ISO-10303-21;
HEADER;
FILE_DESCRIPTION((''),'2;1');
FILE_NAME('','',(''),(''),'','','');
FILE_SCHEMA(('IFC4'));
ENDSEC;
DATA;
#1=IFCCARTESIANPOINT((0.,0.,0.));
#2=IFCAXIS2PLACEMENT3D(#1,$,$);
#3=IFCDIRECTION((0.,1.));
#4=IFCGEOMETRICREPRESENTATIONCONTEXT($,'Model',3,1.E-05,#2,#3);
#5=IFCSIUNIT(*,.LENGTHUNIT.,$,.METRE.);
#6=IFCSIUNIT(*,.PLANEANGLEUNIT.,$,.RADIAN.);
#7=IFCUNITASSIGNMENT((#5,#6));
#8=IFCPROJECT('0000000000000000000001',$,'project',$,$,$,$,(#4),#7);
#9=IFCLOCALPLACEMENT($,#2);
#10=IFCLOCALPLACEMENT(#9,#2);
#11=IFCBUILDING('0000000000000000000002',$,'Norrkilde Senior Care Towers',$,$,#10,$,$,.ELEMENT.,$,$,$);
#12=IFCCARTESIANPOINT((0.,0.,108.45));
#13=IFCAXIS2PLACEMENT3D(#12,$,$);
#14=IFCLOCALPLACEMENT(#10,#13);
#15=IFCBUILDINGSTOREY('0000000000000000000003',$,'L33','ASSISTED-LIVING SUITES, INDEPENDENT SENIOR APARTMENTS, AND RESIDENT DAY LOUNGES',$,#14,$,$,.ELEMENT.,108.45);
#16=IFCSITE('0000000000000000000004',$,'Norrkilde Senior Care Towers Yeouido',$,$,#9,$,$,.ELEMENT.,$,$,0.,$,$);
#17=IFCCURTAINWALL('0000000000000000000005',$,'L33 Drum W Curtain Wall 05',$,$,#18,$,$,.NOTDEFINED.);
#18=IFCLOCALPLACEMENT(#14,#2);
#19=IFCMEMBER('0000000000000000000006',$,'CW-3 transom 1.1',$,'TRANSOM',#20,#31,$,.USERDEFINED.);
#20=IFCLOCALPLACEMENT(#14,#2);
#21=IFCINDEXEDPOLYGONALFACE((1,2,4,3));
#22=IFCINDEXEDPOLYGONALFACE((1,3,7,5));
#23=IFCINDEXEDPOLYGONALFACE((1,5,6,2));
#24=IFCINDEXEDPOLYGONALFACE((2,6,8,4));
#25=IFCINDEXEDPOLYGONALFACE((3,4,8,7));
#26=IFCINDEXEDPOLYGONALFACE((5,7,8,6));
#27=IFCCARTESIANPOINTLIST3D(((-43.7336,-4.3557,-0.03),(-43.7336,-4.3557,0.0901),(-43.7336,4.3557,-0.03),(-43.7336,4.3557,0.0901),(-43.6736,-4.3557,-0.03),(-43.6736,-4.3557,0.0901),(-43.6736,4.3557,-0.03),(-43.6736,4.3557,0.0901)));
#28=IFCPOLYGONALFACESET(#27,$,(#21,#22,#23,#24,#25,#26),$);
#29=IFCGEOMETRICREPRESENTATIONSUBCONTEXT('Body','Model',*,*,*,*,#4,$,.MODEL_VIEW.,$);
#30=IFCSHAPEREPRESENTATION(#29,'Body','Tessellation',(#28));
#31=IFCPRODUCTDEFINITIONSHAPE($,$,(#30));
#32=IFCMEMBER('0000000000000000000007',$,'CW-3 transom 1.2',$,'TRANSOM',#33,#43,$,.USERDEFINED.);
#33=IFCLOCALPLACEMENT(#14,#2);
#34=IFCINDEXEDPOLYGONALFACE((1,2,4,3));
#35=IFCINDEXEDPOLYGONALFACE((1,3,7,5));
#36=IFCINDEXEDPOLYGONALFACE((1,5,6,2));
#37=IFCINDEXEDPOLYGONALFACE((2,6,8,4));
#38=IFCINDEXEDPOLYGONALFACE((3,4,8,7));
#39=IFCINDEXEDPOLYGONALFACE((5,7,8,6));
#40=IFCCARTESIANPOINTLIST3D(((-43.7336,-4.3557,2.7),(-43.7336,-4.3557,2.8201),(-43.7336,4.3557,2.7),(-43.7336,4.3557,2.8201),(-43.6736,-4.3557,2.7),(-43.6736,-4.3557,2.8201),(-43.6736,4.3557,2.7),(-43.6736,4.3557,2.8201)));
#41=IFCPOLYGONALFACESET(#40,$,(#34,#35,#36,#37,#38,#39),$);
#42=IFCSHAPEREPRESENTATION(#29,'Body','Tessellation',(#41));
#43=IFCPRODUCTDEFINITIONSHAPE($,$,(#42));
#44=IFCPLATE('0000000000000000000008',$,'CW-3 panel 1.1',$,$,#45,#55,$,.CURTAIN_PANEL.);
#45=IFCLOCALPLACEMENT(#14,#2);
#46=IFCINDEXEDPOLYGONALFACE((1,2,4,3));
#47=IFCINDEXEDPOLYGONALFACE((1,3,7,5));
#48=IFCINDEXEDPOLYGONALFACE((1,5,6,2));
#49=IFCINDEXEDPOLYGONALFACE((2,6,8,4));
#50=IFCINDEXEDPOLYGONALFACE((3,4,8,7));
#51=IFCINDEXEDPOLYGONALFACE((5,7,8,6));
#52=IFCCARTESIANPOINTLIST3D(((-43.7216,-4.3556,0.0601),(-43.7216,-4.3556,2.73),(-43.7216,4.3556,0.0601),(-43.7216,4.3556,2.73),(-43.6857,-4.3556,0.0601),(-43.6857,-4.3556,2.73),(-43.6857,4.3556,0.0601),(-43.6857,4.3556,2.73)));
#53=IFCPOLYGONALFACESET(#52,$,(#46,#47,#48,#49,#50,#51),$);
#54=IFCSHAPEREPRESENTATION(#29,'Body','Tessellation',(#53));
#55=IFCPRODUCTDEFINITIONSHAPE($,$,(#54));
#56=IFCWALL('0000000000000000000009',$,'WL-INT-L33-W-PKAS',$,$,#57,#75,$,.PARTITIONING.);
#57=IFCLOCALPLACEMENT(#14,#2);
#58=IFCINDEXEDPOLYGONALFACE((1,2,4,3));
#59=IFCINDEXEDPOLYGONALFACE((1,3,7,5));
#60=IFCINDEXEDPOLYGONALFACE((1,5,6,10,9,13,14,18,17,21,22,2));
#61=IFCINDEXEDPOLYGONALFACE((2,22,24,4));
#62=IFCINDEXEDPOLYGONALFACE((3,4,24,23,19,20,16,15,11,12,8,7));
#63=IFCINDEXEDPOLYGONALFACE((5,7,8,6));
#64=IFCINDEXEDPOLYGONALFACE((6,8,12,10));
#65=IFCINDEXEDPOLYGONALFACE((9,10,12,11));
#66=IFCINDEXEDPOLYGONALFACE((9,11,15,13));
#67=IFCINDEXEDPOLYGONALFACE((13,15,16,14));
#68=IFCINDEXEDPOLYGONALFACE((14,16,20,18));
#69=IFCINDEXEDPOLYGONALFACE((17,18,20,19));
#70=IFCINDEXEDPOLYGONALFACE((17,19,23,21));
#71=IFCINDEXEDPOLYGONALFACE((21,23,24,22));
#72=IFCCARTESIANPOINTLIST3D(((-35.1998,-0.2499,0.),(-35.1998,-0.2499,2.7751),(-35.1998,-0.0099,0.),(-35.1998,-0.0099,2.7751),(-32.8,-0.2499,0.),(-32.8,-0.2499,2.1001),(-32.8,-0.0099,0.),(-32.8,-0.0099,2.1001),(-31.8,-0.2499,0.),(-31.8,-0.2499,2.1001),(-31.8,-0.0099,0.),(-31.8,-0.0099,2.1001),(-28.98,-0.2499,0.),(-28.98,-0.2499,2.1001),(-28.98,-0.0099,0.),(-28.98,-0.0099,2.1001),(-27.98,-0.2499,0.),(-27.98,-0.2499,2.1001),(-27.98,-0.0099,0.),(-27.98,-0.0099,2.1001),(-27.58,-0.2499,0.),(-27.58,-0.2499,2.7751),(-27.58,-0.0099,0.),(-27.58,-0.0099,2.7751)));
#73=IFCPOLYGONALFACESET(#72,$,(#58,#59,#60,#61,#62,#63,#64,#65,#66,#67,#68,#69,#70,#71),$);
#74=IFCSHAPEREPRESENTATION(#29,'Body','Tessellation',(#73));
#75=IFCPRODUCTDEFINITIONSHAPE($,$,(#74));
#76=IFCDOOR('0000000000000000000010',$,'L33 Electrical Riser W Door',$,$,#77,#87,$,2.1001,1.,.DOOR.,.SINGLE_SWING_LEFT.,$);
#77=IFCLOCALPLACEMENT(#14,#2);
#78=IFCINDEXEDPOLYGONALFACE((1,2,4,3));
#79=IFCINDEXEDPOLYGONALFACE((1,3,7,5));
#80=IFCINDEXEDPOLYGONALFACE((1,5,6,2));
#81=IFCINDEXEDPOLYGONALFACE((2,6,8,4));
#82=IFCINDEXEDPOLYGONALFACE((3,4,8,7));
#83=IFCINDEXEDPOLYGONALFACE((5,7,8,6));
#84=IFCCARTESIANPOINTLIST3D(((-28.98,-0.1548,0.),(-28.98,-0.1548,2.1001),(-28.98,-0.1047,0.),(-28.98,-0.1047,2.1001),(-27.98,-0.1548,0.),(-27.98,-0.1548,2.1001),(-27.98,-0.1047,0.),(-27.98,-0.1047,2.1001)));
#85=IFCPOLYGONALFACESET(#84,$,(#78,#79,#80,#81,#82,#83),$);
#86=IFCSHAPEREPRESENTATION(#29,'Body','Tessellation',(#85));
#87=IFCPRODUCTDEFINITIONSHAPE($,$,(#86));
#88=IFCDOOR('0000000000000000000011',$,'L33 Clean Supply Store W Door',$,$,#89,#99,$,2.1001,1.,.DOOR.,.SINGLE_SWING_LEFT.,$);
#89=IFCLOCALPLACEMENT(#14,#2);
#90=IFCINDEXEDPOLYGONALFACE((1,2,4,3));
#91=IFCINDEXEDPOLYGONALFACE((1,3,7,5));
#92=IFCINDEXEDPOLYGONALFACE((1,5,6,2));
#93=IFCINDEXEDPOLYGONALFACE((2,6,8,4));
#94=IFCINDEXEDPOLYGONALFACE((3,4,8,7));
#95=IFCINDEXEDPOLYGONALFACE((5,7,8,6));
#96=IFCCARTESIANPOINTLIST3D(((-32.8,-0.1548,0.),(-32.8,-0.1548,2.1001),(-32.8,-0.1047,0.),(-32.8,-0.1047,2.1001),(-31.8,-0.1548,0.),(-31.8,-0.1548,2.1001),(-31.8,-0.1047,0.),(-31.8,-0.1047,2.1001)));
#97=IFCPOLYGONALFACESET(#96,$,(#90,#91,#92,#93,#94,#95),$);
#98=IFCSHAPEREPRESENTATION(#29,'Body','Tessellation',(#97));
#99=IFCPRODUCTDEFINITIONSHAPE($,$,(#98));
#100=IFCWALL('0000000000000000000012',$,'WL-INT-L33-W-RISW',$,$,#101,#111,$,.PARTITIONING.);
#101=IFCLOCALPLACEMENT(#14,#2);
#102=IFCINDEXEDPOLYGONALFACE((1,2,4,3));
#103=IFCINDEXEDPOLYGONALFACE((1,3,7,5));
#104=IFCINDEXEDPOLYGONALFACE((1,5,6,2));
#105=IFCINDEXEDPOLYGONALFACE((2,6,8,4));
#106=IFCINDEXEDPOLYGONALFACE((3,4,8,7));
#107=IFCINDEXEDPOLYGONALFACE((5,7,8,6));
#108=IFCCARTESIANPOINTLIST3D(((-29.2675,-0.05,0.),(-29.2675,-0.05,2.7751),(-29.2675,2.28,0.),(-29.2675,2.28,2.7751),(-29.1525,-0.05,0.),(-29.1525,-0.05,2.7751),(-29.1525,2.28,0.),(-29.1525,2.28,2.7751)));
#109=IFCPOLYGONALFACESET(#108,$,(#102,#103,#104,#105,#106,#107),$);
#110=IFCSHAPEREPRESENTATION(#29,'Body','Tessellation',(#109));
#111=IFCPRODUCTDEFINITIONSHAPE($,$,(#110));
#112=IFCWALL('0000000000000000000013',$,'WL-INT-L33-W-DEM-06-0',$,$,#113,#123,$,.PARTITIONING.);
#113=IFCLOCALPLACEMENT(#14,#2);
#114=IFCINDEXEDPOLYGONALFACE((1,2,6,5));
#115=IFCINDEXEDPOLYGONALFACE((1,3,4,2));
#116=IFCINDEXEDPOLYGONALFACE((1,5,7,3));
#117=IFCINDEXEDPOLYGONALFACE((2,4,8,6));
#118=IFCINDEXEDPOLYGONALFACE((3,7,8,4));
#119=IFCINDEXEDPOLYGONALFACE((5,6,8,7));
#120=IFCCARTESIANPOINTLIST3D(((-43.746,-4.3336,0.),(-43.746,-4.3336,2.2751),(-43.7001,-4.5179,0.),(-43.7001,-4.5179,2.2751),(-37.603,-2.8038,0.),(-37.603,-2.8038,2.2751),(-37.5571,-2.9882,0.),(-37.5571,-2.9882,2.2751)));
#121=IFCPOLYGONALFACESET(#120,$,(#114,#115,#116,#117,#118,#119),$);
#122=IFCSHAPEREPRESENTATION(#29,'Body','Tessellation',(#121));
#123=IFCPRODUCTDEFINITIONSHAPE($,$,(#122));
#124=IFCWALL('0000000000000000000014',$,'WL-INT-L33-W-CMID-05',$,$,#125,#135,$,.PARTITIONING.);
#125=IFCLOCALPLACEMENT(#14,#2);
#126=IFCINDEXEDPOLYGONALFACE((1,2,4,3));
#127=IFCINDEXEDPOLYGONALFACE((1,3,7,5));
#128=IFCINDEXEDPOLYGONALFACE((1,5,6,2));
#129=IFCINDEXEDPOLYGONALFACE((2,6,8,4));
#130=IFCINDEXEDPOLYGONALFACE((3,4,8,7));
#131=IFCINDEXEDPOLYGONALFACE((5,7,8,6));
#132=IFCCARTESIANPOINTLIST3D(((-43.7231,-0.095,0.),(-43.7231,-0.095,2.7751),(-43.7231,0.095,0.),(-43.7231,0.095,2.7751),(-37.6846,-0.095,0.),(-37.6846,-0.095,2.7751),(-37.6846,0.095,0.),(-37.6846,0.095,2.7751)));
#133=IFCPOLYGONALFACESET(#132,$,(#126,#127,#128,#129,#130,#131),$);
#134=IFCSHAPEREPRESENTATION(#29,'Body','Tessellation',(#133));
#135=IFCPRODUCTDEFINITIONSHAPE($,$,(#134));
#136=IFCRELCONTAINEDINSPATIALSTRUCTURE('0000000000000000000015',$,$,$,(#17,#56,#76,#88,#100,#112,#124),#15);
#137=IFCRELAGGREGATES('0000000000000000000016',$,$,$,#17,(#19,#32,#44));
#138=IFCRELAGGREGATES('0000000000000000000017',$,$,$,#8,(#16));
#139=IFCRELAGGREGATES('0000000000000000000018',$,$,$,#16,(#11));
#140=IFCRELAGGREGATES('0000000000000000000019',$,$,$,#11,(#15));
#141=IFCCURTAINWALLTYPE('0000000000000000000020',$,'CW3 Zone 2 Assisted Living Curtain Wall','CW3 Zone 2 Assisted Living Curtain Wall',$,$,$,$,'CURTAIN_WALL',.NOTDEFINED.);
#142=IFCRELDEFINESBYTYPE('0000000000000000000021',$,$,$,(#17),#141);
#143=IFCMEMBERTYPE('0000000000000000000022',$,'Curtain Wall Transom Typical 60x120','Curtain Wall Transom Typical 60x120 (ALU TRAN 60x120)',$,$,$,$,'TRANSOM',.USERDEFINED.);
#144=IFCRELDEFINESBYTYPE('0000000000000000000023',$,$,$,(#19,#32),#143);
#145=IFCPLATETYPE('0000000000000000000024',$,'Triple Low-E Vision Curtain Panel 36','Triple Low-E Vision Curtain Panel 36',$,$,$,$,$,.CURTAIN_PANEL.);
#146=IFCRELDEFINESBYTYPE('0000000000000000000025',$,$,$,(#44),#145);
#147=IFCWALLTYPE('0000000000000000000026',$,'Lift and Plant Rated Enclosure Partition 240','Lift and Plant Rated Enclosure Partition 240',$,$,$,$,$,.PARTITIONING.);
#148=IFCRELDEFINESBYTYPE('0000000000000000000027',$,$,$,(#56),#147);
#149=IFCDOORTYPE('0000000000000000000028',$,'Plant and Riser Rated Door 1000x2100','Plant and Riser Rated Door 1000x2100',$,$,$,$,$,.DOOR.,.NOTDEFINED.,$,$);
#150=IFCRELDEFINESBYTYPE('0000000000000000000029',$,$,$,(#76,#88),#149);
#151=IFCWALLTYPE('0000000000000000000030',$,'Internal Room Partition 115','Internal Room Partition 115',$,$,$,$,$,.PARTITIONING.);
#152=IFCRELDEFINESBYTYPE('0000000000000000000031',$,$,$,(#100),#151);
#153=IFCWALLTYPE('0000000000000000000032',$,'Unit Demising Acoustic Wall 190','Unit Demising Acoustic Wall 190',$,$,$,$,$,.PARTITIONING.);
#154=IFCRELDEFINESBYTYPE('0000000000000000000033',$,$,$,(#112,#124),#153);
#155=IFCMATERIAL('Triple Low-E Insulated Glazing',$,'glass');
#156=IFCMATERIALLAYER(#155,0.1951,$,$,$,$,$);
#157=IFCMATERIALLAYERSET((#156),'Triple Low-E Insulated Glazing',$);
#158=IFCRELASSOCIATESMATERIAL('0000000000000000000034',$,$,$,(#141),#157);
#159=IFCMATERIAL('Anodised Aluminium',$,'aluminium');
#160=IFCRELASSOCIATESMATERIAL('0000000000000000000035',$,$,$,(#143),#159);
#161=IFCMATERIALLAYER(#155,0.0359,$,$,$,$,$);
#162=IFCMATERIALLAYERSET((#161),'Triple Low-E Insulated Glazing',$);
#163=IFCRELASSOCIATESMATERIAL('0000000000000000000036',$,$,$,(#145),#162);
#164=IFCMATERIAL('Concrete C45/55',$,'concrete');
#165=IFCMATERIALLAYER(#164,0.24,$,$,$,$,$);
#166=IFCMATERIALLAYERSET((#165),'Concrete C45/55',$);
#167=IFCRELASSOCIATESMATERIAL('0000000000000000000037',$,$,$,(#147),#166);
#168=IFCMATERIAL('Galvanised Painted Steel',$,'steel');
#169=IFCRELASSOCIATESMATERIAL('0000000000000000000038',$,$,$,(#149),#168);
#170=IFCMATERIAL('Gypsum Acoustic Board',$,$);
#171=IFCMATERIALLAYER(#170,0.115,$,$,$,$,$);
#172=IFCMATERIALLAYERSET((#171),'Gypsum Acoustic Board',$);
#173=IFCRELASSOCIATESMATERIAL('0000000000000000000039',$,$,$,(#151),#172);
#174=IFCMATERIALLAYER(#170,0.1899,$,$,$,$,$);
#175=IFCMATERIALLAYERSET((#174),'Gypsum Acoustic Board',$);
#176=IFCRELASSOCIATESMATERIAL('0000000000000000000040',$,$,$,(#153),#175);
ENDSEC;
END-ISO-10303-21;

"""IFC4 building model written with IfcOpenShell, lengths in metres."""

from ifc_helpers import new_model, si_unit, direction, frame, frame_2d, origin, origin_2d, place, context, subcontext, project, spatial, rectangle, extrude, source, transform, mapped, material, layer, layer_set, material_profile, profile_set, type_object, type_shapes, element, fill, aggregate, save


model = new_model("IFC4")

# Units and contexts
model_context = context("Model", 3, precision=1e-05, world=origin(), true_north=direction((0.0, 1.0)))
body_context = subcontext(model_context, "Body", "Model", "MODEL_VIEW")
ifc_project = project(units=[si_unit("LENGTHUNIT", "METRE"), si_unit("PLANEANGLEUNIT", "RADIAN")], contexts=[model_context])

# Site, building, storey
site_placement = place(None, origin())
site = spatial("IfcSite", under=ifc_project, at=site_placement, Name="Norrkilde Senior Care Towers Yeouido", CompositionType="ELEMENT", RefElevation=0.0)
building_placement = place(site_placement, origin())
building = spatial("IfcBuilding", under=site, at=building_placement, Name="Norrkilde Senior Care Towers", CompositionType="ELEMENT")
storey_placement = place(building_placement, frame((0.0, 0.0, 108.45)))
storey = spatial("IfcBuildingStorey", under=building, at=storey_placement, Name="L33", Description="ASSISTED-LIVING SUITES, INDEPENDENT SENIOR APARTMENTS, AND RESIDENT DAY LOUNGES", CompositionType="ELEMENT", Elevation=108.45)

# Curtain wall
ifc_material_1 = material(Name="Triple Low-E Insulated Glazing", Category="glass")
ifc_layer_1 = layer(ifc_material_1, 0.1951)
ifc_layer_set_1 = layer_set([ifc_layer_1], Name="Triple Low-E Insulated Glazing")
curtain_wall_type = type_object("IfcCurtainWallType", Name="CW3 Zone 2 Assisted Living Curtain Wall", Description="CW3 Zone 2 Assisted Living Curtain Wall", ElementType="CURTAIN_WALL", PredefinedType="NOTDEFINED", material=ifc_layer_set_1)
curtain_wall_1_placement = place(storey_placement, origin())
curtain_wall_1 = element("IfcCurtainWall", 1, at=curtain_wall_1_placement, inside=storey, type_object=curtain_wall_type, Name="L33 Drum W Curtain Wall 05", PredefinedType="NOTDEFINED")
ifc_material_2 = material(Name="Anodised Aluminium", Category="aluminium")

# Members
ifc_material_profile_1 = material_profile(ifc_material_2, rectangle(XDim=0.0601, YDim=0.1201, at=origin_2d()), Name="ALU TRAN 60x120")
ifc_profile_set_1 = profile_set([ifc_material_profile_1], Name="Anodised Aluminium")
member_type_1 = type_object("IfcMemberType", Name="Curtain Wall Transom Typical 60x120", Description="Curtain Wall Transom Typical 60x120 (ALU TRAN 60x120)", ElementType="TRANSOM", PredefinedType="USERDEFINED", material=ifc_profile_set_1)
shared_shape_1 = source(origin(), body_context, "Body", "SweptSolid", [
    extrude(rectangle(XDim=0.0601, YDim=0.1201, at=origin_2d()), origin(), (0.0, 0.0, 1.0), 8.7114),
])
type_shapes(member_type_1, [shared_shape_1])
member_1_placement = place(storey_placement, frame((-43.7036, -4.3557, 0.03), z_axis=(0.0, 1.0, 0.0), x_axis=(-1.0, 0.0, 0.0)))
member_1 = element("IfcMember", 2, at=member_1_placement, type_object=member_type_1, Name="CW-3 transom 1.1", ObjectType="TRANSOM", PredefinedType="USERDEFINED", context=body_context, shape_type="MappedRepresentation", body=[
    mapped(shared_shape_1, transform((0.0, 0.0, 0.0), x_axis=(1.0, 0.0, 0.0), y_axis=(0.0, 1.0, 0.0), z_axis=(0.0, 0.0, 1.0), scale=1.0)),
])
member_2_placement = place(storey_placement, frame((-43.7036, -4.3557, 2.76), z_axis=(0.0, 1.0, 0.0), x_axis=(-1.0, 0.0, 0.0)))
member_2 = element("IfcMember", 3, at=member_2_placement, type_object=member_type_1, Name="CW-3 transom 1.2", ObjectType="TRANSOM", PredefinedType="USERDEFINED", context=body_context, shape_type="MappedRepresentation", body=[
    mapped(shared_shape_1, transform((0.0, 0.0, 0.0), x_axis=(1.0, 0.0, 0.0), y_axis=(0.0, 1.0, 0.0), z_axis=(0.0, 0.0, 1.0), scale=1.0)),
])

# Plate
ifc_layer_2 = layer(ifc_material_1, 0.0359)
ifc_layer_set_2 = layer_set([ifc_layer_2], Name="Triple Low-E Insulated Glazing")
plate_type = type_object("IfcPlateType", Name="Triple Low-E Vision Curtain Panel 36", Description="Triple Low-E Vision Curtain Panel 36", PredefinedType="CURTAIN_PANEL", material=ifc_layer_set_2)
shared_shape_2 = source(origin(), body_context, "Body", "SweptSolid", [
    extrude(rectangle(XDim=8.7112, YDim=0.0359, at=origin_2d()), origin(), (0.0, 0.0, 1.0), 2.6699),
])
type_shapes(plate_type, [shared_shape_2])
plate_placement = place(storey_placement, frame((-43.7036, 0.0, 0.0601), z_axis=(0.0, 0.0, 1.0), x_axis=(0.0, 1.0, 0.0)))
plate = element("IfcPlate", 4, at=plate_placement, type_object=plate_type, Name="CW-3 panel 1.1", PredefinedType="CURTAIN_PANEL", context=body_context, shape_type="MappedRepresentation", body=[
    mapped(shared_shape_2, transform((0.0, 0.0, 0.0), x_axis=(1.0, 0.0, 0.0), y_axis=(0.0, 1.0, 0.0), z_axis=(0.0, 0.0, 1.0), scale=1.0)),
])
aggregate(curtain_wall_1, [member_1, member_2, plate])

# Shared definitions
ifc_material_3 = material(Name="Galvanised Painted Steel", Category="steel")

# Wall, openings, doors
ifc_material_4 = material(Name="Concrete C45/55", Category="concrete")
ifc_layer_3 = layer(ifc_material_4, 0.24)
ifc_layer_set_3 = layer_set([ifc_layer_3], Name="Concrete C45/55")
wall_type_1 = type_object("IfcWallType", Name="Lift and Plant Rated Enclosure Partition 240", Description="Lift and Plant Rated Enclosure Partition 240", PredefinedType="PARTITIONING", material=ifc_layer_set_3)
shared_shape_3 = source(origin(), body_context, "Body", "SweptSolid", [
    extrude(rectangle(XDim=7.6199, YDim=0.24, at=frame_2d((3.8101, 0.0))), origin(), (0.0, 0.0, 1.0), 2.7751),
])
type_shapes(wall_type_1, [shared_shape_3])
wall_1_placement = place(storey_placement, frame((-35.2, -0.1299, 0.0), z_axis=(0.0, 0.0, 1.0), x_axis=(1.0, 0.0, 0.0)))
wall_1 = element("IfcWall", 5, at=wall_1_placement, inside=storey, type_object=wall_type_1, Name="WL-INT-L33-W-PKAS", PredefinedType="PARTITIONING", context=body_context, shape_type="MappedRepresentation", body=[
    mapped(shared_shape_3, transform((0.0, 0.0, 0.0), x_axis=(1.0, 0.0, 0.0), y_axis=(0.0, 1.0, 0.0), z_axis=(0.0, 0.0, 1.0), scale=1.0)),
])
opening_1_placement = place(wall_1_placement, frame((6.22, 0.0, 0.0)))
opening_1 = element("IfcOpeningElement", 6, at=opening_1_placement, cuts=wall_1, PredefinedType="OPENING", context=body_context, shape_type="SweptSolid", body=[
    extrude(rectangle(XDim=1.0, YDim=2.1001, at=frame_2d((0.5, 1.05))), frame((0.0, 0.1299, 0.0), z_axis=(0.0, -1.0, 0.0), x_axis=(1.0, 0.0, 0.0)), (0.0, 0.0, 1.0), 0.26),
])
opening_2_placement = place(wall_1_placement, frame((2.3999, 0.0, 0.0)))
opening_2 = element("IfcOpeningElement", 7, at=opening_2_placement, cuts=wall_1, PredefinedType="OPENING", context=body_context, shape_type="SweptSolid", body=[
    extrude(rectangle(XDim=1.0, YDim=2.1001, at=frame_2d((0.5, 1.05))), frame((0.0, 0.1299, 0.0), z_axis=(0.0, -1.0, 0.0), x_axis=(1.0, 0.0, 0.0)), (0.0, 0.0, 1.0), 0.26),
])
door_type_1 = type_object("IfcDoorType", Name="Plant and Riser Rated Door 1000x2100", Description="Plant and Riser Rated Door 1000x2100", OperationType="NOTDEFINED", PredefinedType="DOOR", material=ifc_material_3)
shared_shape_4 = source(origin(), body_context, "Body", "SweptSolid", [
    extrude(rectangle(XDim=1.0, YDim=2.1001, at=frame_2d((0.5, 1.05))), frame((0.0, 0.0249, 0.0), z_axis=(0.0, -1.0, 0.0), x_axis=(1.0, 0.0, 0.0)), (0.0, 0.0, 1.0), 0.05),
])
type_shapes(door_type_1, [shared_shape_4])
door_1_placement = place(opening_1_placement, frame((1.0, 0.0, 0.0), z_axis=(0.0, 0.0, 1.0), x_axis=(-1.0, 0.0, 0.0)))
door_1 = element("IfcDoor", 8, at=door_1_placement, inside=storey, type_object=door_type_1, Name="L33 Electrical Riser W Door", OperationType="SINGLE_SWING_LEFT", OverallHeight=2.1001, OverallWidth=1.0, PredefinedType="DOOR", context=body_context, shape_type="MappedRepresentation", body=[
    mapped(shared_shape_4, transform((0.0, 0.0, 0.0), x_axis=(1.0, 0.0, 0.0), y_axis=(0.0, 1.0, 0.0), z_axis=(0.0, 0.0, 1.0), scale=1.0)),
])
fill(opening_1, door_1)
door_2_placement = place(opening_2_placement, frame((1.0, 0.0, 0.0), z_axis=(0.0, 0.0, 1.0), x_axis=(-1.0, 0.0, 0.0)))
door_2 = element("IfcDoor", 9, at=door_2_placement, inside=storey, type_object=door_type_1, Name="L33 Clean Supply Store W Door", OperationType="SINGLE_SWING_LEFT", OverallHeight=2.1001, OverallWidth=1.0, PredefinedType="DOOR", context=body_context, shape_type="MappedRepresentation", body=[
    mapped(shared_shape_4, transform((0.0, 0.0, 0.0), x_axis=(1.0, 0.0, 0.0), y_axis=(0.0, 1.0, 0.0), z_axis=(0.0, 0.0, 1.0), scale=1.0)),
])
fill(opening_2, door_2)

# Wall
ifc_material_5 = material(Name="Gypsum Acoustic Board")
ifc_layer_4 = layer(ifc_material_5, 0.115)
ifc_layer_set_4 = layer_set([ifc_layer_4], Name="Gypsum Acoustic Board")
wall_type_2 = type_object("IfcWallType", Name="Internal Room Partition 115", Description="Internal Room Partition 115", PredefinedType="PARTITIONING", material=ifc_layer_set_4)
shared_shape_5 = source(origin(), body_context, "Body", "SweptSolid", [
    extrude(rectangle(XDim=2.3301, YDim=0.115, at=frame_2d((1.165, 0.0))), origin(), (0.0, 0.0, 1.0), 2.7751),
])
type_shapes(wall_type_2, [shared_shape_5])
wall_2_placement = place(storey_placement, frame((-29.21, -0.05, 0.0), z_axis=(0.0, 0.0, 1.0), x_axis=(0.0, 1.0, 0.0)))
element("IfcWall", 10, at=wall_2_placement, inside=storey, type_object=wall_type_2, Name="WL-INT-L33-W-RISW", PredefinedType="PARTITIONING", context=body_context, shape_type="MappedRepresentation", body=[
    mapped(shared_shape_5, transform((0.0, 0.0, 0.0), x_axis=(1.0, 0.0, 0.0), y_axis=(0.0, 1.0, 0.0), z_axis=(0.0, 0.0, 1.0), scale=1.0)),
])

# Walls
ifc_layer_5 = layer(ifc_material_5, 0.1899)
ifc_layer_set_5 = layer_set([ifc_layer_5], Name="Gypsum Acoustic Board")
wall_type_3 = type_object("IfcWallType", Name="Unit Demising Acoustic Wall 190", Description="Unit Demising Acoustic Wall 190", PredefinedType="PARTITIONING", material=ifc_layer_set_5)
shared_shape_6 = source(origin(), body_context, "Body", "SweptSolid", [
    extrude(rectangle(XDim=6.3306, YDim=0.1899, at=frame_2d((3.1653, 0.0))), origin(), (0.0, 0.0, 1.0), 2.2751),
])
wall_3_placement = place(storey_placement, frame((-37.5801, -2.896, 0.0), z_axis=(0.0, 0.0, 1.0), x_axis=(-0.970364, -0.241646, 0.0)))
element("IfcWall", 11, at=wall_3_placement, inside=storey, type_object=wall_type_3, Name="WL-INT-L33-W-DEM-06-0", PredefinedType="PARTITIONING", context=body_context, shape_type="MappedRepresentation", body=[
    mapped(shared_shape_6, transform((0.0, 0.0, 0.0), x_axis=(1.0, 0.0, 0.0), y_axis=(0.0, 1.0, 0.0), z_axis=(0.0, 0.0, 1.0), scale=1.0)),
])
shared_shape_7 = source(origin(), body_context, "Body", "SweptSolid", [
    extrude(rectangle(XDim=6.0386, YDim=0.1899, at=frame_2d((3.0193, 0.0))), origin(), (0.0, 0.0, 1.0), 2.7751),
])
type_shapes(wall_type_3, [shared_shape_6, shared_shape_7])
wall_4_placement = place(storey_placement, frame((-37.6846, 0.0, 0.0), z_axis=(0.0, 0.0, 1.0), x_axis=(-1.0, 0.0, 0.0)))
element("IfcWall", 12, at=wall_4_placement, inside=storey, type_object=wall_type_3, Name="WL-INT-L33-W-CMID-05", PredefinedType="PARTITIONING", context=body_context, shape_type="MappedRepresentation", body=[
    mapped(shared_shape_7, transform((0.0, 0.0, 0.0), x_axis=(1.0, 0.0, 0.0), y_axis=(0.0, 1.0, 0.0), z_axis=(0.0, 0.0, 1.0), scale=1.0)),
])

save(model, "model.ifc")
